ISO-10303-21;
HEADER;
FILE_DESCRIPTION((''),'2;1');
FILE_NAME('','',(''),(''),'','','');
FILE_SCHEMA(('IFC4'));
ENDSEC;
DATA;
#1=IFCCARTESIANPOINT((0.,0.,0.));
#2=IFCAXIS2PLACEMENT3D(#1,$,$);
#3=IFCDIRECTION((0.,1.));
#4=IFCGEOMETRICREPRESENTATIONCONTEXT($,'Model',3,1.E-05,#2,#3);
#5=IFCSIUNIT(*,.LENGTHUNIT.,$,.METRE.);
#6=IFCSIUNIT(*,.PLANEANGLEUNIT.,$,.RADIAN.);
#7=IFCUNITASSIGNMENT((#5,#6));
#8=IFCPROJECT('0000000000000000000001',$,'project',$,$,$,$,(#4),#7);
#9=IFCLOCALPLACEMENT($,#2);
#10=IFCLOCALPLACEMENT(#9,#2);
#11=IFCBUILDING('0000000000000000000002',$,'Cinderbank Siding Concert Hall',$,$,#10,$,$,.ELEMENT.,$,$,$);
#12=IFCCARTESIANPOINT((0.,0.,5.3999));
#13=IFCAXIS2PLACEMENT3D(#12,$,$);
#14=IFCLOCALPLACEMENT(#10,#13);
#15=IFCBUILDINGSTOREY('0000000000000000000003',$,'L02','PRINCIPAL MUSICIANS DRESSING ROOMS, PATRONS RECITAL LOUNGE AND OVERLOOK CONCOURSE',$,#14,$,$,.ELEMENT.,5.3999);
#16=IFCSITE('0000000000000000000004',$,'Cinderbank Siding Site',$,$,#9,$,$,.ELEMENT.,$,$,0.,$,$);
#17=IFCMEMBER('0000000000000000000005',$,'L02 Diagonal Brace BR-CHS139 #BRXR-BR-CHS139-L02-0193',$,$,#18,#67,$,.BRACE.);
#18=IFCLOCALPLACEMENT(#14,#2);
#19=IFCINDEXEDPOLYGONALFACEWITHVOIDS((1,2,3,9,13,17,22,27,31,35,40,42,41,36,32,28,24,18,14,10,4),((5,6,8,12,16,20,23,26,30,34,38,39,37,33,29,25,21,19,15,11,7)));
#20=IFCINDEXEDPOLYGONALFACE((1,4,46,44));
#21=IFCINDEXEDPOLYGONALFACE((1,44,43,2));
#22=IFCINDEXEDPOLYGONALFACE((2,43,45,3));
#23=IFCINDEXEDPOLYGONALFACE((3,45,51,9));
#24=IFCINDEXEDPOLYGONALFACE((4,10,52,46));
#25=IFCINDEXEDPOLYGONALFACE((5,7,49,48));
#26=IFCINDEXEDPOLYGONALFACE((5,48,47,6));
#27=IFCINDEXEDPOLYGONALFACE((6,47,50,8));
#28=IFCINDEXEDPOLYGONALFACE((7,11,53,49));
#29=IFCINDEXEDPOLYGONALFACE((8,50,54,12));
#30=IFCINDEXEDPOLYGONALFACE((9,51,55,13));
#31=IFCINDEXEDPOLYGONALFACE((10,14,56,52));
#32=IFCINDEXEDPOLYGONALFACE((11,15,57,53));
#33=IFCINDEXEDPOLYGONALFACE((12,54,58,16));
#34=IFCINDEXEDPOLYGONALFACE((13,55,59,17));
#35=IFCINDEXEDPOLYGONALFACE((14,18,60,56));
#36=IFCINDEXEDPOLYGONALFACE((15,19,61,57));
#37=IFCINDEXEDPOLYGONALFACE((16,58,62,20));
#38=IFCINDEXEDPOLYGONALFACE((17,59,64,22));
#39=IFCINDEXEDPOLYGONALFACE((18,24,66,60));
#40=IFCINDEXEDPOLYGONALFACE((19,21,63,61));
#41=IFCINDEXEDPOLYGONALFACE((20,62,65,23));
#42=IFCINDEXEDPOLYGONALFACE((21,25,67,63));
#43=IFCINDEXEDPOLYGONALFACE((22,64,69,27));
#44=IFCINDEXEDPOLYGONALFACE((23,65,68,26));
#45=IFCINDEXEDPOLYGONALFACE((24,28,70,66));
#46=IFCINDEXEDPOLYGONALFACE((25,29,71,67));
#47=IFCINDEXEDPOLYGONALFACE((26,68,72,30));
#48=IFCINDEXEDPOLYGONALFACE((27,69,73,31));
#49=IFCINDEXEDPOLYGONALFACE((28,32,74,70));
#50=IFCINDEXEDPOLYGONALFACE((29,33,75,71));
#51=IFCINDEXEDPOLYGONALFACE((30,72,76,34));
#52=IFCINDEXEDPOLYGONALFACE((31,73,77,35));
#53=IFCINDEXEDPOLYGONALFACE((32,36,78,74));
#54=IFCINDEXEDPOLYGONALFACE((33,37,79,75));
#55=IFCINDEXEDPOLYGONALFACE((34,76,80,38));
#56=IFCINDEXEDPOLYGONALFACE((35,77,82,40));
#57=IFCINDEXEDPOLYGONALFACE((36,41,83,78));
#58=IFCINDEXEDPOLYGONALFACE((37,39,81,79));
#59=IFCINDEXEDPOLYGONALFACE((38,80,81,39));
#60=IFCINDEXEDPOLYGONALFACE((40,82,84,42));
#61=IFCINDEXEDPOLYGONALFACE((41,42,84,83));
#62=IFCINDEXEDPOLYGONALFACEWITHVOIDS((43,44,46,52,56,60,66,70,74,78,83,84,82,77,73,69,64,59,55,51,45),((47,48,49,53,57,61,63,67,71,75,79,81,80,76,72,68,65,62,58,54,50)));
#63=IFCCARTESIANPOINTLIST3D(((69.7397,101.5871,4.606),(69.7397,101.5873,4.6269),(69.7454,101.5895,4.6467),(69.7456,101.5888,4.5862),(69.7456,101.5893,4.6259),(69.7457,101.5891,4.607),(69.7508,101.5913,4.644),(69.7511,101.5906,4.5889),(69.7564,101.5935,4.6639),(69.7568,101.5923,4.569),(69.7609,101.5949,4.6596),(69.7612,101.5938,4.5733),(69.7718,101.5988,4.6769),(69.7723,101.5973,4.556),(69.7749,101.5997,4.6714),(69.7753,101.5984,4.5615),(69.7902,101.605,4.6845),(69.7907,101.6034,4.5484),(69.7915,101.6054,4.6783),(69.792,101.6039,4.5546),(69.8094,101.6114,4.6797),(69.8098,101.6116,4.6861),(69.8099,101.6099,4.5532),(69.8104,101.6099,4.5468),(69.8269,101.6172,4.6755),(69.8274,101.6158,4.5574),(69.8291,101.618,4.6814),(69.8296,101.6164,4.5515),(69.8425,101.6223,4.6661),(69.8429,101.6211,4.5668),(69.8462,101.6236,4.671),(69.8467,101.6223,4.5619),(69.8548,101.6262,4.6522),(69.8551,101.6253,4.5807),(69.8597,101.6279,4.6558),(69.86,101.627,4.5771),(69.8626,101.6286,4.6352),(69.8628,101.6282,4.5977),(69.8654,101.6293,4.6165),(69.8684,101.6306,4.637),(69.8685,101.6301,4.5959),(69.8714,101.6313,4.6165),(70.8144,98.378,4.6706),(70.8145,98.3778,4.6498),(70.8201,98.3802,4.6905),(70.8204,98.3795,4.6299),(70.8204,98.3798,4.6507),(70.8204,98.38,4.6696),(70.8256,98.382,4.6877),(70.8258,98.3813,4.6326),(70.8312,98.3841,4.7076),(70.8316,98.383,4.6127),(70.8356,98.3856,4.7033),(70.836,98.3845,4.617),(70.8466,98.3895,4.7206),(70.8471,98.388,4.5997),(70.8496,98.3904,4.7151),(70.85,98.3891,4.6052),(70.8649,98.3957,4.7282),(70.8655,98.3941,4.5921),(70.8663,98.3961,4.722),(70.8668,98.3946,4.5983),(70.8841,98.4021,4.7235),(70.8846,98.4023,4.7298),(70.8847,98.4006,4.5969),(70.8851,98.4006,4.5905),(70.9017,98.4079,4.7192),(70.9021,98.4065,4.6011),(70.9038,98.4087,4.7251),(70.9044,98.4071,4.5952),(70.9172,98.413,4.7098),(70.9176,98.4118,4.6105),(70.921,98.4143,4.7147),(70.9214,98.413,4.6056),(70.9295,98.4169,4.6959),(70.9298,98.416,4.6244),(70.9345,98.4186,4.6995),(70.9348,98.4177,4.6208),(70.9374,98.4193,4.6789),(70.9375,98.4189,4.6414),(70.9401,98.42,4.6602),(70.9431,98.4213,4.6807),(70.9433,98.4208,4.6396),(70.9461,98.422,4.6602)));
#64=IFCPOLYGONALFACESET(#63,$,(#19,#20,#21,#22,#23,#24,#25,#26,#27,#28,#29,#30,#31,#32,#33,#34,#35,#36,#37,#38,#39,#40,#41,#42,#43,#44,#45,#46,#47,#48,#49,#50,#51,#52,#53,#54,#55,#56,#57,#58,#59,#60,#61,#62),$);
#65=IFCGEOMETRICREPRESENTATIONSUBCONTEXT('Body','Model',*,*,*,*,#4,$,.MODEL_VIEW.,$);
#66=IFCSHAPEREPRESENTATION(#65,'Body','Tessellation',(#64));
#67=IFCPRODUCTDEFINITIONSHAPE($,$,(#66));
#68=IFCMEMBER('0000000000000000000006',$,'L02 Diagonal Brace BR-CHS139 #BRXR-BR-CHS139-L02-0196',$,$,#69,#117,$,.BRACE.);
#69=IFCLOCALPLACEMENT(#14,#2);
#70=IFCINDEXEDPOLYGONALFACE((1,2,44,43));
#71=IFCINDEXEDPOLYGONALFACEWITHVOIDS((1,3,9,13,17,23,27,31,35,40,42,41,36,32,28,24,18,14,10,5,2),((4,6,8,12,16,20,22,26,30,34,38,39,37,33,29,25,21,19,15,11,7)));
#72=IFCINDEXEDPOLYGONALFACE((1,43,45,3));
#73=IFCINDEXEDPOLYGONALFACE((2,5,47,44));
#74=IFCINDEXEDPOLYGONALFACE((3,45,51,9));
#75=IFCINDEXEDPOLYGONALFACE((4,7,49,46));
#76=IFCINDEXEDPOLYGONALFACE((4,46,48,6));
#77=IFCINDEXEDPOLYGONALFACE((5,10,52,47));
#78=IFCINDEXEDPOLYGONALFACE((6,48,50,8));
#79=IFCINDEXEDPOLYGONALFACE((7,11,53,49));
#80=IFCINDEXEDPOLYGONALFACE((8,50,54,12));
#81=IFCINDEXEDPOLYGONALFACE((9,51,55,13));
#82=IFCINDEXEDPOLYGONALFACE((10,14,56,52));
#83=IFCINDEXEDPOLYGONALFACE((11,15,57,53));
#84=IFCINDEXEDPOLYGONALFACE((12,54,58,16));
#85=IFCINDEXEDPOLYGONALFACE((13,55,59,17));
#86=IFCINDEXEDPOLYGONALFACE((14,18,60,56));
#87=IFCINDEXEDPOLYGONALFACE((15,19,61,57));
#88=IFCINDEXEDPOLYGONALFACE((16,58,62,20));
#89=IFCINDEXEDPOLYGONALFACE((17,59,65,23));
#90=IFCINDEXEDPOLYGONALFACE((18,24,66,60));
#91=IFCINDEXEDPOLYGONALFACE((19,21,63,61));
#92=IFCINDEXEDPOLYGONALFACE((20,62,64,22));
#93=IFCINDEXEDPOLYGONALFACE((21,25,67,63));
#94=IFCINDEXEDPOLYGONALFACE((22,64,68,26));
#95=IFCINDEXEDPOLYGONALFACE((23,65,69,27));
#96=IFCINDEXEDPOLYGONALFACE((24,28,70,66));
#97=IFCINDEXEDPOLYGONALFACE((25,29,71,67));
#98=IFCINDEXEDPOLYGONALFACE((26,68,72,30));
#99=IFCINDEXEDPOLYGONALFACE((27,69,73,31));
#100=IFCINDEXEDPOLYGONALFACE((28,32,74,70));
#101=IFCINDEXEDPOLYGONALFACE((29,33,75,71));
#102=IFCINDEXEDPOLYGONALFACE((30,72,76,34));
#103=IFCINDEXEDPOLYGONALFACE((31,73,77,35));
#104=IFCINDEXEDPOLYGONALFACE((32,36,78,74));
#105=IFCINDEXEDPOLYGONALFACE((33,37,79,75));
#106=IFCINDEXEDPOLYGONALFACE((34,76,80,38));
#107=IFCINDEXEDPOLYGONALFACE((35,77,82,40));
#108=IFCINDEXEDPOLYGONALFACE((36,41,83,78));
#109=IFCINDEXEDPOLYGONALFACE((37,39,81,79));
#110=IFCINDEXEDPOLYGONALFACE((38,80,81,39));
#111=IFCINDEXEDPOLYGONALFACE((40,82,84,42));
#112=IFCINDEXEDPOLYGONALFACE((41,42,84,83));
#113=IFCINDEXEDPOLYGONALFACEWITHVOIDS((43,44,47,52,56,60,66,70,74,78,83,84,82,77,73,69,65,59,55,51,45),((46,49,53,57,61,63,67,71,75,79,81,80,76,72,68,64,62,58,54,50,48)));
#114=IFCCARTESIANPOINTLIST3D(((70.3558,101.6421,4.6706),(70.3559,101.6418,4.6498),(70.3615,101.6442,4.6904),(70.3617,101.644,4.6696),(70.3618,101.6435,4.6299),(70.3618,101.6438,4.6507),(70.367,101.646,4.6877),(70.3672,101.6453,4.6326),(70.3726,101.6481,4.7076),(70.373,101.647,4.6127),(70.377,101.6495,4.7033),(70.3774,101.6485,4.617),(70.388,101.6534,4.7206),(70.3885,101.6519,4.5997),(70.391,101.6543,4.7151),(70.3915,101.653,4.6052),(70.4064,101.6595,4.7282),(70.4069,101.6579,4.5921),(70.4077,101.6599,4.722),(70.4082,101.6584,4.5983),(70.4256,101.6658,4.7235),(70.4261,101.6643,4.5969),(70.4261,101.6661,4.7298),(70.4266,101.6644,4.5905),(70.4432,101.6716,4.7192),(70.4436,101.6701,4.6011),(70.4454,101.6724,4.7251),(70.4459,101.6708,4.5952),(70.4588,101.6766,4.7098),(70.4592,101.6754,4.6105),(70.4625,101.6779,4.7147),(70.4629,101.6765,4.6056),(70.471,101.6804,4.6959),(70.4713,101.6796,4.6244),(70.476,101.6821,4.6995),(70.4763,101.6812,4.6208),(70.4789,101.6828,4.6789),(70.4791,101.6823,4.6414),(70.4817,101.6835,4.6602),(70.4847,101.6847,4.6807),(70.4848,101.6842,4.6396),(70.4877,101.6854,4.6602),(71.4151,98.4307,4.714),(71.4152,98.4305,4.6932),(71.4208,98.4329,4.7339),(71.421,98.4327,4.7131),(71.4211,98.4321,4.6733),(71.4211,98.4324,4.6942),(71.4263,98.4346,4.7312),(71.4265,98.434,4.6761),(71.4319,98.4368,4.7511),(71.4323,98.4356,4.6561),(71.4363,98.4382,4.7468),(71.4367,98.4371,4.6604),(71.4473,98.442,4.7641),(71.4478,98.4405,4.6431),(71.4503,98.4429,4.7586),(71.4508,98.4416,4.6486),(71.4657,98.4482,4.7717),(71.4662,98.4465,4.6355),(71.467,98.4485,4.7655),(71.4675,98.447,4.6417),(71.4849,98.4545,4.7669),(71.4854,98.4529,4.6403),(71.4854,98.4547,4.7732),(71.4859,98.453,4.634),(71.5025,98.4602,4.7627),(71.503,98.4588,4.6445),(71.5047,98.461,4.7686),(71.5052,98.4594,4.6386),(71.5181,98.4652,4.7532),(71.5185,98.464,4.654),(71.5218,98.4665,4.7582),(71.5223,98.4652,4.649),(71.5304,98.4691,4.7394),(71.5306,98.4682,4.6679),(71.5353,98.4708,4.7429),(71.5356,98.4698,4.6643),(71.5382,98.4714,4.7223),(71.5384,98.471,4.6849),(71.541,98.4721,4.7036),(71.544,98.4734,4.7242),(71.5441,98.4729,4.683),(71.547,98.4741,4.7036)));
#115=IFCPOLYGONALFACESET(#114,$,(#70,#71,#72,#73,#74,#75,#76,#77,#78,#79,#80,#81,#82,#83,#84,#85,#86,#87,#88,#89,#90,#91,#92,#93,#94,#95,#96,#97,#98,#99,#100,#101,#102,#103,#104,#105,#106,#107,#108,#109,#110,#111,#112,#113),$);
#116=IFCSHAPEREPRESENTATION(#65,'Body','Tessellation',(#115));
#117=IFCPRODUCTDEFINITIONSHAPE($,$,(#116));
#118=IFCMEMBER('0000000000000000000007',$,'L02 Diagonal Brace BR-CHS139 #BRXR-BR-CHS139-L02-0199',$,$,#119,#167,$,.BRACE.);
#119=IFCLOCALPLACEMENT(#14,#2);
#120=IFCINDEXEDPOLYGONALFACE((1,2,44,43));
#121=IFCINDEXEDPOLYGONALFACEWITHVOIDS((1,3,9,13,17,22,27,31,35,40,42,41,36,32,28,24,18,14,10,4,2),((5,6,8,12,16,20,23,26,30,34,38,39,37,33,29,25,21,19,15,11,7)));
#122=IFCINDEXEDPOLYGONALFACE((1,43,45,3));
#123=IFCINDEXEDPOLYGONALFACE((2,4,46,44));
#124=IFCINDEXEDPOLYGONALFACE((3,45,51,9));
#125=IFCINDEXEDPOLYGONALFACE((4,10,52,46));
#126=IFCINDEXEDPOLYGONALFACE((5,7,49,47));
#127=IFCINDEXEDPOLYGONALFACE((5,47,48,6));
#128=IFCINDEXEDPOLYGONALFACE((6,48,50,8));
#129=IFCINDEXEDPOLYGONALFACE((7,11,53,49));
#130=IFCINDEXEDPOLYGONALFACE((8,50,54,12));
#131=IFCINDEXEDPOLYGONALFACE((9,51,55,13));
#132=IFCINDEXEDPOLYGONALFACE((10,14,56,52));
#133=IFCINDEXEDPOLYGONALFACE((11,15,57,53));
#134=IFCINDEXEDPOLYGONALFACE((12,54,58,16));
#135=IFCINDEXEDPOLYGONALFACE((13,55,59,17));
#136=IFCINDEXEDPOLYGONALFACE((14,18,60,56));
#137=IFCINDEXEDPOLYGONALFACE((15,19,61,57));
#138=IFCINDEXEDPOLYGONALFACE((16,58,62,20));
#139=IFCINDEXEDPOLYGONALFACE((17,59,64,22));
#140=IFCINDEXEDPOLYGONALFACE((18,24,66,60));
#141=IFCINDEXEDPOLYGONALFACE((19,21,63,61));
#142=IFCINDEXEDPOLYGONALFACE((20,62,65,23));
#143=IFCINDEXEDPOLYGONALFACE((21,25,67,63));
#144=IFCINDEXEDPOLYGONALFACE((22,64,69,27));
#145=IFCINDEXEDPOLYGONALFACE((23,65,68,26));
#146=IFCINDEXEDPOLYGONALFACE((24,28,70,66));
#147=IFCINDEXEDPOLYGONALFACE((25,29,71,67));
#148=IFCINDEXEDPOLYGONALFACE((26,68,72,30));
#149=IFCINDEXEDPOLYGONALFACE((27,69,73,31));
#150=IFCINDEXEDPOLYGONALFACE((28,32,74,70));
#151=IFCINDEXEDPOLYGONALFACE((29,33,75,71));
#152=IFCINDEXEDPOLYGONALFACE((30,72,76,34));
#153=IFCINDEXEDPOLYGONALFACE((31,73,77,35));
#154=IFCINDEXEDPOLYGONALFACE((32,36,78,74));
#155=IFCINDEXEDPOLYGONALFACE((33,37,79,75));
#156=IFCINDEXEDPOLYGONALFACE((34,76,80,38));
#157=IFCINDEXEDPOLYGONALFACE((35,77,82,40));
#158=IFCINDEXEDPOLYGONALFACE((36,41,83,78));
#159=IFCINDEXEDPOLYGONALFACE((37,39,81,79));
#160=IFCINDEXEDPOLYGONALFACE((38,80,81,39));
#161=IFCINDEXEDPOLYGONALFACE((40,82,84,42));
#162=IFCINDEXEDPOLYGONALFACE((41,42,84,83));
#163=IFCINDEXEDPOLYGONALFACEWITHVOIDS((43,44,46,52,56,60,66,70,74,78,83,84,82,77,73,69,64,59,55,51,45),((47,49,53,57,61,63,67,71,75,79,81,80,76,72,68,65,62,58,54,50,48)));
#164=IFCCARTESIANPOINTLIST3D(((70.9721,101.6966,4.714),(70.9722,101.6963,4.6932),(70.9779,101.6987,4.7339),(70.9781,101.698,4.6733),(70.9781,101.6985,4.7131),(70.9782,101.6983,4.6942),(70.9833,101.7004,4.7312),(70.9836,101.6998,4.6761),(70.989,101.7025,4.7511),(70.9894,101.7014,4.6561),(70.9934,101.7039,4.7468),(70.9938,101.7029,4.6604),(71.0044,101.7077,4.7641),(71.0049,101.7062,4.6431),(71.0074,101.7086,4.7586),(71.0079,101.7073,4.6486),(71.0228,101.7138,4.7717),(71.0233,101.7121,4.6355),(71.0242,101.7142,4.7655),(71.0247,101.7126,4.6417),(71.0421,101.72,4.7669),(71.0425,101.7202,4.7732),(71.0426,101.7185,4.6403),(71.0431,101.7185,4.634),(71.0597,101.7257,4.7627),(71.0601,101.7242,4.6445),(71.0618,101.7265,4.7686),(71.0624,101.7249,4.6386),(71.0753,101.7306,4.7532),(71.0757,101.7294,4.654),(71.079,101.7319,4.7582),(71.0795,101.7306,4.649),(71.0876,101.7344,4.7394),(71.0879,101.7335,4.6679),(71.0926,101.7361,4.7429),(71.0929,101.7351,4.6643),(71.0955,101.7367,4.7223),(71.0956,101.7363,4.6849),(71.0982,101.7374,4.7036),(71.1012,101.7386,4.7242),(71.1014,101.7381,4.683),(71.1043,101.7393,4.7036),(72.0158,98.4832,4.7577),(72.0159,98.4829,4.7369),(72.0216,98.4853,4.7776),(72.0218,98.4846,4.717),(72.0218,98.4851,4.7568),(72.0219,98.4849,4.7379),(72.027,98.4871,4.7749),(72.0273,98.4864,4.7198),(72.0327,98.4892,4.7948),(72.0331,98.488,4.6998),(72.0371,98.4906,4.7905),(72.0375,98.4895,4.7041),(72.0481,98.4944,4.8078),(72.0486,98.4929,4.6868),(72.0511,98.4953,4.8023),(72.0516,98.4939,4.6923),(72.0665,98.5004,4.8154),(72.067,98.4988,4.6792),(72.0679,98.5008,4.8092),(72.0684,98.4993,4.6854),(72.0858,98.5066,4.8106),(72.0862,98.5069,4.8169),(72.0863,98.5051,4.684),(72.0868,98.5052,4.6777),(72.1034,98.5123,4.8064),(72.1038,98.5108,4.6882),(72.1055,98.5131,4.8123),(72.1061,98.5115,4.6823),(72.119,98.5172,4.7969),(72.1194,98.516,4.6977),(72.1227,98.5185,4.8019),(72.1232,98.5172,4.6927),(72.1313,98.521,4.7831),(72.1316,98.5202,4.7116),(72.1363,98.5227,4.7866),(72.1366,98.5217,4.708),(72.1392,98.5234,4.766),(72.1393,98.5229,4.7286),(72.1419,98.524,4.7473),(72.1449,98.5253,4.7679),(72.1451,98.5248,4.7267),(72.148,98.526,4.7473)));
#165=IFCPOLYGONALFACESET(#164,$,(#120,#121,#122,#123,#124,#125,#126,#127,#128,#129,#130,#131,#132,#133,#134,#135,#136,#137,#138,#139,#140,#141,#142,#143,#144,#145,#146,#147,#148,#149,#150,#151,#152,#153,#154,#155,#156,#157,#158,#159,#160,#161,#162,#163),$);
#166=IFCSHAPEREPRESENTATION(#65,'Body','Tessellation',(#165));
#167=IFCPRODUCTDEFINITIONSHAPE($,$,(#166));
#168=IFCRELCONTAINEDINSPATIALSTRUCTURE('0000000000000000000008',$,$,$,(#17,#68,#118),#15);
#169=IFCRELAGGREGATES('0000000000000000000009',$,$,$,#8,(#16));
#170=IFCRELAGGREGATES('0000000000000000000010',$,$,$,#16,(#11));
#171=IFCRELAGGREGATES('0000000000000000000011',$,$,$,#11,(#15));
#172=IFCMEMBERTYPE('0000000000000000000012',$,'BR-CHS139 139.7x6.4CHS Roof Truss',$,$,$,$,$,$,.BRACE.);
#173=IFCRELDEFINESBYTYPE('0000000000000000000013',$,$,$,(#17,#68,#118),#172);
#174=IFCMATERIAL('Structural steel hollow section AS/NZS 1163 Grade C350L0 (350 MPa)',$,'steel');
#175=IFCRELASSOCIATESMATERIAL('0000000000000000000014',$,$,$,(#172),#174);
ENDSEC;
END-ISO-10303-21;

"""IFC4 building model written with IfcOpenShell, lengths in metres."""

from ifc_helpers import new_model, si_unit, direction, frame, origin, origin_2d, place, context, subcontext, project, spatial, hollow_circle, extrude, material, material_profile, profile_set, type_object, element, save


model = new_model("IFC4")

# Units and contexts
model_context = context("Model", 3, precision=1e-05, world=origin(), true_north=direction((0.0, 1.0)))
body_context = subcontext(model_context, "Body", "Model", "MODEL_VIEW")
ifc_project = project(units=[si_unit("LENGTHUNIT", "METRE"), si_unit("PLANEANGLEUNIT", "RADIAN")], contexts=[model_context])

# Site, building, storey
site_placement = place(None, origin())
site = spatial("IfcSite", under=ifc_project, at=site_placement, Name="Cinderbank Siding Site", CompositionType="ELEMENT", RefElevation=0.0)
building_placement = place(site_placement, origin())
building = spatial("IfcBuilding", under=site, at=building_placement, Name="Cinderbank Siding Concert Hall", CompositionType="ELEMENT")
storey_placement = place(building_placement, frame((0.0, 0.0, 5.3999)))
storey = spatial("IfcBuildingStorey", under=building, at=storey_placement, Name="L02", Description="PRINCIPAL MUSICIANS DRESSING ROOMS, PATRONS RECITAL LOUNGE AND OVERLOOK CONCOURSE", CompositionType="ELEMENT", Elevation=5.3999)

# Members
ifc_material_1 = material(Name="Structural steel hollow section AS/NZS 1163 Grade C350L0 (350 MPa)", Category="steel")
ifc_material_profile_1 = material_profile(ifc_material_1, hollow_circle(Radius=0.0698, WallThickness=0.0063, at=origin_2d()), Name="139.7x6.4CHS", Category="LoadBearing")
ifc_profile_set_1 = profile_set([ifc_material_profile_1], Name="Structural steel hollow section AS/NZS 1163 Grade C350L0 (350 MPa)")
member_type_1 = type_object("IfcMemberType", Name="BR-CHS139 139.7x6.4CHS Roof Truss", PredefinedType="BRACE", material=ifc_profile_set_1)
member_1_placement = place(storey_placement, frame((69.8052, 101.6091, 4.6165), z_axis=(0.317521, -0.948163, 0.012911), x_axis=(0.948242, 0.317548, 0.0)))
element("IfcMember", 1, at=member_1_placement, inside=storey, type_object=member_type_1, Name="L02 Diagonal Brace BR-CHS139 #BRXR-BR-CHS139-L02-0193", PredefinedType="BRACE", context=body_context, shape_type="SweptSolid", body=[
    extrude(hollow_circle(Radius=0.0698, WallThickness=0.0063, at=origin_2d()), origin(), (0.0, 0.0, 1.0), 3.3848),
])
member_2_placement = place(storey_placement, frame((70.4214, 101.6636, 4.6602), z_axis=(0.313233, -0.949589, 0.01285), x_axis=(0.949668, 0.313259, 0.0)))
element("IfcMember", 2, at=member_2_placement, inside=storey, type_object=member_type_1, Name="L02 Diagonal Brace BR-CHS139 #BRXR-BR-CHS139-L02-0196", PredefinedType="BRACE", context=body_context, shape_type="SweptSolid", body=[
    extrude(hollow_circle(Radius=0.0698, WallThickness=0.0063, at=origin_2d()), origin(), (0.0, 0.0, 1.0), 3.3818),
])
member_3_placement = place(storey_placement, frame((71.0378, 101.7178, 4.7036), z_axis=(0.308887, -0.951011, 0.012934), x_axis=(0.95109, 0.308913, 0.0)))
element("IfcMember", 3, at=member_3_placement, inside=storey, type_object=member_type_1, Name="L02 Diagonal Brace BR-CHS139 #BRXR-BR-CHS139-L02-0199", PredefinedType="BRACE", context=body_context, shape_type="SweptSolid", body=[
    extrude(hollow_circle(Radius=0.0698, WallThickness=0.0063, at=origin_2d()), origin(), (0.0, 0.0, 1.0), 3.3789),
])

save(model, "model.ifc")
